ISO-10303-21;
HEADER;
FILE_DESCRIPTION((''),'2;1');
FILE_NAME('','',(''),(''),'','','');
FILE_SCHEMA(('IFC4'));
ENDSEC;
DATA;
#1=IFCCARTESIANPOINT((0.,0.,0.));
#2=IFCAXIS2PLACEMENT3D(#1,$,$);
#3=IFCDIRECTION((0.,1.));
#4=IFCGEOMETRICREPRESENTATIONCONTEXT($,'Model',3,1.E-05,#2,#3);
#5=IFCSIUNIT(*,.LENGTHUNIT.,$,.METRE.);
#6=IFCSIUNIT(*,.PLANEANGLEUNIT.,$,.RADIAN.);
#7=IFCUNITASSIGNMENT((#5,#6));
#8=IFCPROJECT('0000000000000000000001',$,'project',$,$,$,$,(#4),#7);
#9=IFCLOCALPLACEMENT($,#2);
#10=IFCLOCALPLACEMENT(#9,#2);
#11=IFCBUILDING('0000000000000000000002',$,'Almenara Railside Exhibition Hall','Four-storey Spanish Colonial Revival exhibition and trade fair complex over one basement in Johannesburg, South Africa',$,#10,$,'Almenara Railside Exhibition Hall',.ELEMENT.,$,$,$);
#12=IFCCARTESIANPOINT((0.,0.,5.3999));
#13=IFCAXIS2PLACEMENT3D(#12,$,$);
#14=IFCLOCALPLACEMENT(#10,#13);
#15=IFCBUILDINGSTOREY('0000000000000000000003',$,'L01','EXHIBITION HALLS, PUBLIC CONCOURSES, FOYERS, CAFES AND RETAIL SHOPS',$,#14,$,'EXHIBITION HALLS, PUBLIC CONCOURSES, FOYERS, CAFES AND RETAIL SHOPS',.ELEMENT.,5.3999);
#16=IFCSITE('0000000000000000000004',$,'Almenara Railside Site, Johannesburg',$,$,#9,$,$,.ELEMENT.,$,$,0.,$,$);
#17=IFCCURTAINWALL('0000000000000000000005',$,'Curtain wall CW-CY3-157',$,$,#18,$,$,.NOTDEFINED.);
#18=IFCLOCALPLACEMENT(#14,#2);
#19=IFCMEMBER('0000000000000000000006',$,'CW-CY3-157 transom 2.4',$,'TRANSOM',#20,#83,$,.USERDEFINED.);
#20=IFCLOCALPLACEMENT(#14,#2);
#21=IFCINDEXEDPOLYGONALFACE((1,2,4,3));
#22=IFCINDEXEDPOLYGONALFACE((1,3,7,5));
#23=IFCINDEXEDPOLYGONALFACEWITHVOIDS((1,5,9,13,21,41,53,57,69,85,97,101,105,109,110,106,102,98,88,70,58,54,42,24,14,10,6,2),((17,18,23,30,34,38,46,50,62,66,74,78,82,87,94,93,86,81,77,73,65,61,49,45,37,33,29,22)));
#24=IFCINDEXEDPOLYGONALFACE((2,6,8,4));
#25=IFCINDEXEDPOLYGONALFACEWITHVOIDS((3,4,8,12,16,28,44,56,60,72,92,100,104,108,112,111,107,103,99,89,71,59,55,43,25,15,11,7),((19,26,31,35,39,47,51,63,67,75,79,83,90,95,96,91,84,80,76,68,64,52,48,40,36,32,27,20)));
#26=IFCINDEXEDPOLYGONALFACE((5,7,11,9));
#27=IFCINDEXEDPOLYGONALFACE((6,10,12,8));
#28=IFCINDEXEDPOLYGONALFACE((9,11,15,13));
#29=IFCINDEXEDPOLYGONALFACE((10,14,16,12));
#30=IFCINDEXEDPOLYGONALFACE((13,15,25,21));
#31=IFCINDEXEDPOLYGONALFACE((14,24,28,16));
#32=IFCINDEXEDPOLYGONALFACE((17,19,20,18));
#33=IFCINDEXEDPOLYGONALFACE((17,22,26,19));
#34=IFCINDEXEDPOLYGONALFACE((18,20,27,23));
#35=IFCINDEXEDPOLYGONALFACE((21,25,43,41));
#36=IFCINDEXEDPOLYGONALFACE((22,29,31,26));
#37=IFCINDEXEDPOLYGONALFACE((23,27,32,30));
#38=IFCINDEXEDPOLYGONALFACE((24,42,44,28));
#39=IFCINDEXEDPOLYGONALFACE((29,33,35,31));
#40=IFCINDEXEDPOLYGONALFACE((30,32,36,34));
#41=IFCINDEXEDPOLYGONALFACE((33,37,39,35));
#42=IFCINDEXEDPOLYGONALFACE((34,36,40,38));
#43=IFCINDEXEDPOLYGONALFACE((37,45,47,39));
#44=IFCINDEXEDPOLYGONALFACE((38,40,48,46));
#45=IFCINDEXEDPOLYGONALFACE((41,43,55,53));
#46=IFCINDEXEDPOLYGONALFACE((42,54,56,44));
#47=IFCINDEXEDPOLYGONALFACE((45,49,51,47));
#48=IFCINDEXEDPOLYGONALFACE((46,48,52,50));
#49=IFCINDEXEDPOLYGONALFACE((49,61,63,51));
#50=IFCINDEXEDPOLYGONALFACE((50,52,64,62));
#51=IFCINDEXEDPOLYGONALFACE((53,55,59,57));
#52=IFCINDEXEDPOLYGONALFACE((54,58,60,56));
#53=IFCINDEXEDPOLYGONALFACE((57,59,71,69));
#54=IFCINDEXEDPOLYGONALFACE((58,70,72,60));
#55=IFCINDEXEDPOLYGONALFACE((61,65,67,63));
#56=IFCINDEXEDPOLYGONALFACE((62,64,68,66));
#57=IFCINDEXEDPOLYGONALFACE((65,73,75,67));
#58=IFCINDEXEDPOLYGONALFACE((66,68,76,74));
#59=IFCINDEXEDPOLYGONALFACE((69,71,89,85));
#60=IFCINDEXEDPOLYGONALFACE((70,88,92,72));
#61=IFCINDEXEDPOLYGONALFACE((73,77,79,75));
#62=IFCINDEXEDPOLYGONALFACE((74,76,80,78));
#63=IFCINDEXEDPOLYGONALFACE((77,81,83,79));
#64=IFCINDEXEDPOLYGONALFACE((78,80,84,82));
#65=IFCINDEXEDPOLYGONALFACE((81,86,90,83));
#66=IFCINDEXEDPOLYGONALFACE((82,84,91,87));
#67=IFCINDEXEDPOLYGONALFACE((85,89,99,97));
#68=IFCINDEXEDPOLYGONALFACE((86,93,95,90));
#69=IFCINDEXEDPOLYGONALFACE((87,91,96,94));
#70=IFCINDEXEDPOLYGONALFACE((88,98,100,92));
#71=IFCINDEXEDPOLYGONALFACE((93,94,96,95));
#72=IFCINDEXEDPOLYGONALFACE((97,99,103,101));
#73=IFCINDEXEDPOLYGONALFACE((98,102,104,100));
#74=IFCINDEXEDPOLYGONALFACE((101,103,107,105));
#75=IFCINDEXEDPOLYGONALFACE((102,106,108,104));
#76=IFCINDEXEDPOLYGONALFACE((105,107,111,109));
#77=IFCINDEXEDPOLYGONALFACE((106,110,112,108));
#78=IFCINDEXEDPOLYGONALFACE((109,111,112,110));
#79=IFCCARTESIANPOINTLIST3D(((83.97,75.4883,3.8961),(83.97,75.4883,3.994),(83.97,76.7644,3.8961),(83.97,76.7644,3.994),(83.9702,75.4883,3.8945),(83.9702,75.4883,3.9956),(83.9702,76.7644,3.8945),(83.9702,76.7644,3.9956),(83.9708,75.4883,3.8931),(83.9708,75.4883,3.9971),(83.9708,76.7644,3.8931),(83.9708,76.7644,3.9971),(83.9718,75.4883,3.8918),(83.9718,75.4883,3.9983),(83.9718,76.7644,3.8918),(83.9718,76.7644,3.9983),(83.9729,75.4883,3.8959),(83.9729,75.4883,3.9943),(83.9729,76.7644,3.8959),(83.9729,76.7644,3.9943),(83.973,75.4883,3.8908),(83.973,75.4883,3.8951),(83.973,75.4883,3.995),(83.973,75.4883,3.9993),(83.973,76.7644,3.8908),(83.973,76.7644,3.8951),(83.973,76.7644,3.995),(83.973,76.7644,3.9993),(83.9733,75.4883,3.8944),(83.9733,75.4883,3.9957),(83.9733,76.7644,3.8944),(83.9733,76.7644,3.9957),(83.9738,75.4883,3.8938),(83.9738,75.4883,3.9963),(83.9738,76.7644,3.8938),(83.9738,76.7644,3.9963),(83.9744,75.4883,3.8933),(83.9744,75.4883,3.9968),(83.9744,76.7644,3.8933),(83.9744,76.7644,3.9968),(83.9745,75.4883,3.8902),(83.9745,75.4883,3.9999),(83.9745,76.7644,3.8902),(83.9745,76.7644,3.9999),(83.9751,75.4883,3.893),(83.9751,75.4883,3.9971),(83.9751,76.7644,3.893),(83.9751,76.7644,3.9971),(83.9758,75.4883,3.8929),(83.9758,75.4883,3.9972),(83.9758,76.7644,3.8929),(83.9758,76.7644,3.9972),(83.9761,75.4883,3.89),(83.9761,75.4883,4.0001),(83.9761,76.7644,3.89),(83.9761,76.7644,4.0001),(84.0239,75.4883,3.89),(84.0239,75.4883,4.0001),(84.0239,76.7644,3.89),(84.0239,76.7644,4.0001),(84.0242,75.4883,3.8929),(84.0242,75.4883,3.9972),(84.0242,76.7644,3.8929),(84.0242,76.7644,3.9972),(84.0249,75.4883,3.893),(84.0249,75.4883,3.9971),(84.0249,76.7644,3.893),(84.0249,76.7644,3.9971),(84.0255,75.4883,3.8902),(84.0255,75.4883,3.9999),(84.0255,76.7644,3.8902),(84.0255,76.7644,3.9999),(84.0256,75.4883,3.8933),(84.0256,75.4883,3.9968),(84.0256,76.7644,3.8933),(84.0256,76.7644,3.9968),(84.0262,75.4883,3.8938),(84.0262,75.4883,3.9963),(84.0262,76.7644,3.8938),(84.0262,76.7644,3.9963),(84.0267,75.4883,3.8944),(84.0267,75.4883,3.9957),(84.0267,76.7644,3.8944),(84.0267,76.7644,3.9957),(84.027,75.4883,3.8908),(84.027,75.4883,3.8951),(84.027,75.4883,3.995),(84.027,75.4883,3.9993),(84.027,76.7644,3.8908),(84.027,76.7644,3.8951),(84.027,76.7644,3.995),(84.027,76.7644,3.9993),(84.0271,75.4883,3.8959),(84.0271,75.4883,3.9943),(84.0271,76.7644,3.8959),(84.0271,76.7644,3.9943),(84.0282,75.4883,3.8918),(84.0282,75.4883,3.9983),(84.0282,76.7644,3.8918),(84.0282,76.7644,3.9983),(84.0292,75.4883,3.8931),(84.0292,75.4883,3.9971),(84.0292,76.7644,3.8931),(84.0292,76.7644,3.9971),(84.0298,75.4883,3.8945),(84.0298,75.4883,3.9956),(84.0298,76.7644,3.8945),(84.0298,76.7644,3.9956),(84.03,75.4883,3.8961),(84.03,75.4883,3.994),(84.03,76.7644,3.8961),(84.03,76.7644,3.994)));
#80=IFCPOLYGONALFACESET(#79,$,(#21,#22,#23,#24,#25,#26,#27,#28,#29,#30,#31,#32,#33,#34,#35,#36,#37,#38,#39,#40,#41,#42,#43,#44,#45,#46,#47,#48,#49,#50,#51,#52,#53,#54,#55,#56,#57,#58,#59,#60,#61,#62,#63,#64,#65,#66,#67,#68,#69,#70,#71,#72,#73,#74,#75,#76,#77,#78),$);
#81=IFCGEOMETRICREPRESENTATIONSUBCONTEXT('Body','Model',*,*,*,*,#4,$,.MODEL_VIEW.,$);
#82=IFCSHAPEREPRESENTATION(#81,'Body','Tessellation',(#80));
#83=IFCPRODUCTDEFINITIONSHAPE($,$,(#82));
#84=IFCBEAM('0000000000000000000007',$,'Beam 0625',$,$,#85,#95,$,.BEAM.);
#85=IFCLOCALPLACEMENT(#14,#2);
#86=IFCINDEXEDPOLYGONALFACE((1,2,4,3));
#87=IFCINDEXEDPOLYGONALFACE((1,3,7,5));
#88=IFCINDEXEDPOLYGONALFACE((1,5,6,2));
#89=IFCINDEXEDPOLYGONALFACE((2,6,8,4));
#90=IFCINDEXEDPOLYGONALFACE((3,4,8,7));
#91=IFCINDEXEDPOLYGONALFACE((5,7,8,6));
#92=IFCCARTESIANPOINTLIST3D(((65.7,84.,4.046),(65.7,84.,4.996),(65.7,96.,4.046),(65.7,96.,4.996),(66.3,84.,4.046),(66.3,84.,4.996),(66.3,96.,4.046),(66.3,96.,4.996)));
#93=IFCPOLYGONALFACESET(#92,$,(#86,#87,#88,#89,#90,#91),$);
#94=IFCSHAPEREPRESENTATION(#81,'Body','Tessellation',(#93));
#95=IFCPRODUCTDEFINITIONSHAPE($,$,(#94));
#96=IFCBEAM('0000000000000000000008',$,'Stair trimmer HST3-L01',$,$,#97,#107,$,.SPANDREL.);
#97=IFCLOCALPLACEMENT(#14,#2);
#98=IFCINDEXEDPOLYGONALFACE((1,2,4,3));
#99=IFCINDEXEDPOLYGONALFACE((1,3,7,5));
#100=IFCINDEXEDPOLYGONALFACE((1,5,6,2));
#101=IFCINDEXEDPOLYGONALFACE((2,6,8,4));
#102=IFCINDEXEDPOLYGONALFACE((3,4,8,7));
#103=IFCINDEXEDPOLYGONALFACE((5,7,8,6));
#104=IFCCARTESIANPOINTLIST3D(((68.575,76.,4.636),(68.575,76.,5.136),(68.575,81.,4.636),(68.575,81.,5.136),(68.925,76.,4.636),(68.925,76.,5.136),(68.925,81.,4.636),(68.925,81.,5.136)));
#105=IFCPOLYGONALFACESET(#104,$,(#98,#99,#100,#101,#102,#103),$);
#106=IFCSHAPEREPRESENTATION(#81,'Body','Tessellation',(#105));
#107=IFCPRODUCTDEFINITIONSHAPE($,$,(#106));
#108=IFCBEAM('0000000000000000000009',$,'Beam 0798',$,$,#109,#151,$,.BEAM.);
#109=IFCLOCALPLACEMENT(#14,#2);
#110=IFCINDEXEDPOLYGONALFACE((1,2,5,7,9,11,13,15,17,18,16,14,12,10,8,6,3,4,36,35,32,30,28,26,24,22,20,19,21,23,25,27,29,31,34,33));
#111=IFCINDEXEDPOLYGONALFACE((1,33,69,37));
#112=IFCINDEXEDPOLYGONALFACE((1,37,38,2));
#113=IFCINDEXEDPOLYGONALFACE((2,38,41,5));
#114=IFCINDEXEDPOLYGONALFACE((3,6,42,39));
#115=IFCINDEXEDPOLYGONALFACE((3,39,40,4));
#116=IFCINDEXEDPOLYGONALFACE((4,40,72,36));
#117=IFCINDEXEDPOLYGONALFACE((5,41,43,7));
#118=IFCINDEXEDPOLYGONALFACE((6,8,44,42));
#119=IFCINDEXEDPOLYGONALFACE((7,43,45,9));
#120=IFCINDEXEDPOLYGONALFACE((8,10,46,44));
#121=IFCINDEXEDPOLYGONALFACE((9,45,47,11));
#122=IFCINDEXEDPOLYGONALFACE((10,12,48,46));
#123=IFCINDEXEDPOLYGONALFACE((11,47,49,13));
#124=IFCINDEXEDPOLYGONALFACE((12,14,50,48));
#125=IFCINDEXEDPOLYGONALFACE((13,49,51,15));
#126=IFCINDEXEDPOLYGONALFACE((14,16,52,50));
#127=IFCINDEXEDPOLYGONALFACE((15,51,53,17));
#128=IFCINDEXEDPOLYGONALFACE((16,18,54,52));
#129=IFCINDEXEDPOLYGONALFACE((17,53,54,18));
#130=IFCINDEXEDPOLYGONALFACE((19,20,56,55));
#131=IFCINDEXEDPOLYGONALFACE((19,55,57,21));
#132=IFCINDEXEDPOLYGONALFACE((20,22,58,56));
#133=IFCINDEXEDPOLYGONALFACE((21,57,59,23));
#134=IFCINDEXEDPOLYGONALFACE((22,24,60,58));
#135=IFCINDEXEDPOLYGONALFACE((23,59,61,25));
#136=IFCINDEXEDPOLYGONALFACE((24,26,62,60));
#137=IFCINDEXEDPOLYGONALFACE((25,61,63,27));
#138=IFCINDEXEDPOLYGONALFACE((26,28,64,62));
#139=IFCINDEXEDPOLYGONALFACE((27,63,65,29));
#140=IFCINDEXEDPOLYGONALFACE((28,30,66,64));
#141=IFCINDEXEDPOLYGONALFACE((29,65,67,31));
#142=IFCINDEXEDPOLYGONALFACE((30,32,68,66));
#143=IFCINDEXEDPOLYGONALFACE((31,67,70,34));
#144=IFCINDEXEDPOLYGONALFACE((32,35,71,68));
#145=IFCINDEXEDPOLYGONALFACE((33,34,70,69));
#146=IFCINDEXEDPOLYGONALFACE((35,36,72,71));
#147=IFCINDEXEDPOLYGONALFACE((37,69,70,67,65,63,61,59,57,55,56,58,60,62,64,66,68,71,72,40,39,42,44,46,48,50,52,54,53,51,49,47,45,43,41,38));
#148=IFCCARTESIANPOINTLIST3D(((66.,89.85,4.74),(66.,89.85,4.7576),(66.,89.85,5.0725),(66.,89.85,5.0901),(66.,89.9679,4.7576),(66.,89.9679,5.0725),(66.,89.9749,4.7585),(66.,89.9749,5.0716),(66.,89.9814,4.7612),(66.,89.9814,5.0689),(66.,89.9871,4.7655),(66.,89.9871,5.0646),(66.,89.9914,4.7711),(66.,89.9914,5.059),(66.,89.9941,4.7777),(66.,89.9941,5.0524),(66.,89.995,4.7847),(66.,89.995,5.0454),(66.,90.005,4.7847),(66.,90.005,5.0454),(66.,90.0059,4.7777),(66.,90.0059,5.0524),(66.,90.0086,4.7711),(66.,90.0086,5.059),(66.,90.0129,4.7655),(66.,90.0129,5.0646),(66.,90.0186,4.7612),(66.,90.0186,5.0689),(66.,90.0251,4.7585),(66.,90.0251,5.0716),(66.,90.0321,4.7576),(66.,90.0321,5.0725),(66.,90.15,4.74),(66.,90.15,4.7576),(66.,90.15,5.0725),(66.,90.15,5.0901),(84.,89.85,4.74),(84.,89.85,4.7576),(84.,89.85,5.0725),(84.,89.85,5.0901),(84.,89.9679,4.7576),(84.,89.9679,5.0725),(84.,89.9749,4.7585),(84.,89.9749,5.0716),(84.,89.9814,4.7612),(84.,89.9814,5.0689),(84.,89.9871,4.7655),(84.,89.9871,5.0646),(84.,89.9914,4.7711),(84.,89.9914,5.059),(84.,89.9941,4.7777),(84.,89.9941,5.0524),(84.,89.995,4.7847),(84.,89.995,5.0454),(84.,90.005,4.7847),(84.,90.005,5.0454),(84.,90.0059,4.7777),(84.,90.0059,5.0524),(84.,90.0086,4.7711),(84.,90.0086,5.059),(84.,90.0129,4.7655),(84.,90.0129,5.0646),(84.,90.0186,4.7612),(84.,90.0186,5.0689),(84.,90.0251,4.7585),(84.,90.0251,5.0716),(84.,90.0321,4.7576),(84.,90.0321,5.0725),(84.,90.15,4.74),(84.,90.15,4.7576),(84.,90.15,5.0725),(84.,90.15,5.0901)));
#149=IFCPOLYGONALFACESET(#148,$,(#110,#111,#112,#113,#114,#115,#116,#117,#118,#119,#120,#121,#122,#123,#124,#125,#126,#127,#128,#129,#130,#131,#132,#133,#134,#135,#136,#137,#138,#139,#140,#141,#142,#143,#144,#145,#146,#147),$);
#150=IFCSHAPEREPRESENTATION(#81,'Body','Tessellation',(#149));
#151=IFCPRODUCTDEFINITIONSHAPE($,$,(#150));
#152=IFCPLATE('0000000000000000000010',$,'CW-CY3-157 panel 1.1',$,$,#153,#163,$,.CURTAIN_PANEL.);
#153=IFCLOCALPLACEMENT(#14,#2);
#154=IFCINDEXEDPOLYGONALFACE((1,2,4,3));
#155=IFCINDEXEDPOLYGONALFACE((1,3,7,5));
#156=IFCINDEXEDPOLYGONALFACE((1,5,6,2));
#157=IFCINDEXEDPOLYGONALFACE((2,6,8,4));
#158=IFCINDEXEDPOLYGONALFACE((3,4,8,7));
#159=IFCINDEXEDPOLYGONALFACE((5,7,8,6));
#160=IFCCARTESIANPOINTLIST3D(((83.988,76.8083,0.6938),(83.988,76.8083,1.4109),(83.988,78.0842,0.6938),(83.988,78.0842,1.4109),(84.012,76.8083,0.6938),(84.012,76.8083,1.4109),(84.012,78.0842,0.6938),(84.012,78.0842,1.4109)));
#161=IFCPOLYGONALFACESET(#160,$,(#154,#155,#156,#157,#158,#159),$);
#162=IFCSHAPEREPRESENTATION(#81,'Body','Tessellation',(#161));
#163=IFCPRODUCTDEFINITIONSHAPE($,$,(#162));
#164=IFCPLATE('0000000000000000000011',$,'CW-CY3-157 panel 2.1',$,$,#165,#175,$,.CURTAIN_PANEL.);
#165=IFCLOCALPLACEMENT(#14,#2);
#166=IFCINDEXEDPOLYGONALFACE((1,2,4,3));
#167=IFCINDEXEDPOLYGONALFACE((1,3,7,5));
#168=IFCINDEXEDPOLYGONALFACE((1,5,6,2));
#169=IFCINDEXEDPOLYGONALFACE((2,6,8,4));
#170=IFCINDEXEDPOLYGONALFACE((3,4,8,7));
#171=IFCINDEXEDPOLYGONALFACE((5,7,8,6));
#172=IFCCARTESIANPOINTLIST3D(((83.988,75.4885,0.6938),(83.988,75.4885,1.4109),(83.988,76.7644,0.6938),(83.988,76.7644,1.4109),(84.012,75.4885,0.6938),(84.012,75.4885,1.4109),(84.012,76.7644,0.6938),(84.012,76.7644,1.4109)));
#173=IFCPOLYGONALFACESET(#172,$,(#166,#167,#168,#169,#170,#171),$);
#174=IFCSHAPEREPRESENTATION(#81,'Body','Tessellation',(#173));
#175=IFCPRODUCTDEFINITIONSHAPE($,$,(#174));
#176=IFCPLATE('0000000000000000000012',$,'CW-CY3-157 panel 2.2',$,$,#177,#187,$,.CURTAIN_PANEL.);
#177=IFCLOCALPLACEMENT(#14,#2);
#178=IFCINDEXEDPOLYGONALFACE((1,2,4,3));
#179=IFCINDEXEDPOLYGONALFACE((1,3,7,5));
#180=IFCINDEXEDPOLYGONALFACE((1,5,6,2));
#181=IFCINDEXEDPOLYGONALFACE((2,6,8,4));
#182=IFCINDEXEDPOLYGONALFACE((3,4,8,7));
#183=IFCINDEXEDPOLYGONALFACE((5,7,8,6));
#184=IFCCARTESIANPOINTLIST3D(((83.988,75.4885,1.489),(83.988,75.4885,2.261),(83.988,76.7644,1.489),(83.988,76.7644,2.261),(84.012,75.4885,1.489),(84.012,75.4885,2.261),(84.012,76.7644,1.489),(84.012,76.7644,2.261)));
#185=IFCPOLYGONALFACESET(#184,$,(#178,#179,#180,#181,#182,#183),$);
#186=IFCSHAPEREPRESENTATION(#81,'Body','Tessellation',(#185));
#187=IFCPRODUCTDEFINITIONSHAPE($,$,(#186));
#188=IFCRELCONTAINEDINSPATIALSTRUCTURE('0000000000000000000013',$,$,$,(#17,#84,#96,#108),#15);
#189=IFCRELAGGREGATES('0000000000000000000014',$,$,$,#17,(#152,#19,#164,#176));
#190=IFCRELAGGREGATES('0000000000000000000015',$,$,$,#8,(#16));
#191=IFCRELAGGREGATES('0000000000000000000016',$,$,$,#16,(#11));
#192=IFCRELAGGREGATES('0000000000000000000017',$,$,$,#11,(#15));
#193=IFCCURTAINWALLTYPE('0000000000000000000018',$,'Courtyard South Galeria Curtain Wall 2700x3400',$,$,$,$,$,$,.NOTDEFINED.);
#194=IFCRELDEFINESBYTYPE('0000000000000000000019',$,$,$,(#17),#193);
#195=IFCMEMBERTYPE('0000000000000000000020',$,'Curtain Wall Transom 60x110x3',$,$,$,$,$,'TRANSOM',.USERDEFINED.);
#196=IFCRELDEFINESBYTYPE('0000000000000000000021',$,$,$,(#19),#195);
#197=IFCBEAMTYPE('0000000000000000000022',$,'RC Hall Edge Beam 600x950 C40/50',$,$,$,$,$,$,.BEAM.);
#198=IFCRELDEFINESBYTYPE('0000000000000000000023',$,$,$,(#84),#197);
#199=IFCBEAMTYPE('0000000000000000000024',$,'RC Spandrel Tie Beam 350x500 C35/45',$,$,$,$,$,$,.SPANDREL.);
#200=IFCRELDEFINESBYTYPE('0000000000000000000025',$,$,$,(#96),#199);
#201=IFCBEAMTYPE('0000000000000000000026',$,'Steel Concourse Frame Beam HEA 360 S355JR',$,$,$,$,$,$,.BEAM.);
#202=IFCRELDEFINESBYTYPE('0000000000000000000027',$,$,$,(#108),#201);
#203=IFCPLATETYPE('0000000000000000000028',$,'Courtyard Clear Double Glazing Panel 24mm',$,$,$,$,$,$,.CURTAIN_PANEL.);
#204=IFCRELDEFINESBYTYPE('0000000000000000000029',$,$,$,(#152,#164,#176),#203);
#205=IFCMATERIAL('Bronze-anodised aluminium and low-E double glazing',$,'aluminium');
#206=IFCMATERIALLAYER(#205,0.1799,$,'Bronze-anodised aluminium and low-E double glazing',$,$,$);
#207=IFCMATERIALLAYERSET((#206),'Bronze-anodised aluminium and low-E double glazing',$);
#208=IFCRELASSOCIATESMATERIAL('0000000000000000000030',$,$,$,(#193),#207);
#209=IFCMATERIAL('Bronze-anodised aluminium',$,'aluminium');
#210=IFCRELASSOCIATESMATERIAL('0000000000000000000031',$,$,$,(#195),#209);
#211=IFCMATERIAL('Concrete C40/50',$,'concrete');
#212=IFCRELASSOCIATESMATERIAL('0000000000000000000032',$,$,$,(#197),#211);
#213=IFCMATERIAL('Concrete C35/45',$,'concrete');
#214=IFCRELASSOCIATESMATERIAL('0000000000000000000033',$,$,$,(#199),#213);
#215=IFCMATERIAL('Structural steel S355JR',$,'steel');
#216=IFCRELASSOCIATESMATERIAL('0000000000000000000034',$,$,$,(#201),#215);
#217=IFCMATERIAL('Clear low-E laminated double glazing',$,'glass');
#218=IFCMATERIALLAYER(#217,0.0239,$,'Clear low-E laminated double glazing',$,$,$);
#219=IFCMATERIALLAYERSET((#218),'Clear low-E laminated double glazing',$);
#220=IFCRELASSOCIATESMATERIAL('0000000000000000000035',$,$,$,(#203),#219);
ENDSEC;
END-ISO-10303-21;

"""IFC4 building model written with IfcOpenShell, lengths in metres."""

from ifc_helpers import new_model, si_unit, direction, frame, origin, origin_2d, place, context, subcontext, project, spatial, rectangle, hollow_rectangle, i_section, extrude, material, layer, layer_set, material_profile, profile_set, type_object, element, aggregate, save


model = new_model("IFC4")

# Units and contexts
model_context = context("Model", 3, precision=1e-05, world=origin(), true_north=direction((0.0, 1.0)))
body_context = subcontext(model_context, "Body", "Model", "MODEL_VIEW")
ifc_project = project(units=[si_unit("LENGTHUNIT", "METRE"), si_unit("PLANEANGLEUNIT", "RADIAN")], contexts=[model_context])

# Site, building, storey
site_placement = place(None, origin())
site = spatial("IfcSite", under=ifc_project, at=site_placement, Name="Almenara Railside Site, Johannesburg", CompositionType="ELEMENT", RefElevation=0.0)
building_placement = place(site_placement, origin())
building = spatial("IfcBuilding", under=site, at=building_placement, Name="Almenara Railside Exhibition Hall", Description="Four-storey Spanish Colonial Revival exhibition and trade fair complex over one basement in Johannesburg, South Africa", LongName="Almenara Railside Exhibition Hall", CompositionType="ELEMENT")
storey_placement = place(building_placement, frame((0.0, 0.0, 5.3999)))
storey = spatial("IfcBuildingStorey", under=building, at=storey_placement, Name="L01", Description="EXHIBITION HALLS, PUBLIC CONCOURSES, FOYERS, CAFES AND RETAIL SHOPS", LongName="EXHIBITION HALLS, PUBLIC CONCOURSES, FOYERS, CAFES AND RETAIL SHOPS", CompositionType="ELEMENT", Elevation=5.3999)

# Shared definitions
ifc_material_1 = material(Name="Concrete C35/45", Category="concrete")
ifc_material_2 = material(Name="Concrete C40/50", Category="concrete")

# Curtain wall, member
ifc_material_3 = material(Name="Bronze-anodised aluminium and low-E double glazing", Category="aluminium")
ifc_layer_1 = layer(ifc_material_3, 0.1799, Name="Bronze-anodised aluminium and low-E double glazing")
ifc_layer_set_1 = layer_set([ifc_layer_1], Name="Bronze-anodised aluminium and low-E double glazing")
curtain_wall_type = type_object("IfcCurtainWallType", Name="Courtyard South Galeria Curtain Wall 2700x3400", PredefinedType="NOTDEFINED", material=ifc_layer_set_1)
curtain_wall_placement = place(storey_placement, origin())
curtain_wall = element("IfcCurtainWall", 1, at=curtain_wall_placement, inside=storey, type_object=curtain_wall_type, Name="Curtain wall CW-CY3-157", PredefinedType="NOTDEFINED")
ifc_material_4 = material(Name="Bronze-anodised aluminium", Category="aluminium")
ifc_material_profile_1 = material_profile(ifc_material_4, hollow_rectangle(XDim=0.0601, YDim=0.1101, WallThickness=0.0029, InnerFilletRadius=0.0029, OuterFilletRadius=0.0061, at=origin_2d()), Name="ALU-TRN 60x110x3")
ifc_profile_set_1 = profile_set([ifc_material_profile_1], Name="Bronze-anodised aluminium")
member_type_1 = type_object("IfcMemberType", Name="Curtain Wall Transom 60x110x3", ElementType="TRANSOM", PredefinedType="USERDEFINED", material=ifc_profile_set_1)
member_1_placement = place(storey_placement, frame((84.0, 76.7644, 3.9451), z_axis=(0.0, -1.0, 0.0), x_axis=(1.0, 0.0, 0.0)))
member_1 = element("IfcMember", 2, at=member_1_placement, type_object=member_type_1, Name="CW-CY3-157 transom 2.4", ObjectType="TRANSOM", PredefinedType="USERDEFINED", context=body_context, shape_type="SweptSolid", body=[
    extrude(hollow_rectangle(XDim=0.0601, YDim=0.1101, WallThickness=0.0029, InnerFilletRadius=0.0029, OuterFilletRadius=0.0061, at=origin_2d()), origin(), (0.0, 0.0, 1.0), 1.2761),
])

# Beams
ifc_material_profile_2 = material_profile(ifc_material_2, rectangle(XDim=0.6001, YDim=0.95, at=origin_2d()), Name="RC 600x950")
ifc_profile_set_2 = profile_set([ifc_material_profile_2], Name="Concrete C40/50")
beam_type_1 = type_object("IfcBeamType", Name="RC Hall Edge Beam 600x950 C40/50", PredefinedType="BEAM", material=ifc_profile_set_2)
beam_1_placement = place(storey_placement, frame((66.0, 84.0, 4.521), z_axis=(0.0, 1.0, 0.0), x_axis=(-1.0, 0.0, 0.0)))
element("IfcBeam", 3, at=beam_1_placement, inside=storey, type_object=beam_type_1, Name="Beam 0625", PredefinedType="BEAM", context=body_context, shape_type="SweptSolid", body=[
    extrude(rectangle(XDim=0.6001, YDim=0.95, at=origin_2d()), origin(), (0.0, 0.0, 1.0), 12.0),
])
ifc_material_profile_3 = material_profile(ifc_material_1, rectangle(XDim=0.3501, YDim=0.5, at=origin_2d()), Name="RC 350x500")
ifc_profile_set_3 = profile_set([ifc_material_profile_3], Name="Concrete C35/45")
beam_type_2 = type_object("IfcBeamType", Name="RC Spandrel Tie Beam 350x500 C35/45", PredefinedType="SPANDREL", material=ifc_profile_set_3)
beam_2_placement = place(storey_placement, frame((68.75, 76.0, 4.886), z_axis=(0.0, 1.0, 0.0), x_axis=(-1.0, 0.0, 0.0)))
element("IfcBeam", 4, at=beam_2_placement, inside=storey, type_object=beam_type_2, Name="Stair trimmer HST3-L01", PredefinedType="SPANDREL", context=body_context, shape_type="SweptSolid", body=[
    extrude(rectangle(XDim=0.3501, YDim=0.5, at=origin_2d()), origin(), (0.0, 0.0, 1.0), 5.0),
])
ifc_material_5 = material(Name="Structural steel S355JR", Category="steel")
ifc_material_profile_4 = material_profile(ifc_material_5, i_section(OverallWidth=0.3, OverallDepth=0.3501, WebThickness=0.01, FlangeThickness=0.0176, FilletRadius=0.0271, at=origin_2d()), Name="HEA 360")
ifc_profile_set_4 = profile_set([ifc_material_profile_4], Name="Structural steel S355JR")
beam_type_3 = type_object("IfcBeamType", Name="Steel Concourse Frame Beam HEA 360 S355JR", PredefinedType="BEAM", material=ifc_profile_set_4)
beam_3_placement = place(storey_placement, frame((66.0, 90.0, 4.915), z_axis=(1.0, 0.0, 0.0), x_axis=(0.0, 1.0, 0.0)))
element("IfcBeam", 5, at=beam_3_placement, inside=storey, type_object=beam_type_3, Name="Beam 0798", PredefinedType="BEAM", context=body_context, shape_type="SweptSolid", body=[
    extrude(i_section(OverallWidth=0.3, OverallDepth=0.3501, WebThickness=0.01, FlangeThickness=0.0176, FilletRadius=0.0271, at=origin_2d()), origin(), (0.0, 0.0, 1.0), 18.0),
])

# Plates
ifc_material_6 = material(Name="Clear low-E laminated double glazing", Category="glass")
ifc_layer_2 = layer(ifc_material_6, 0.0239, Name="Clear low-E laminated double glazing")
ifc_layer_set_2 = layer_set([ifc_layer_2], Name="Clear low-E laminated double glazing")
plate_type = type_object("IfcPlateType", Name="Courtyard Clear Double Glazing Panel 24mm", PredefinedType="CURTAIN_PANEL", material=ifc_layer_set_2)
plate_1_placement = place(storey_placement, frame((84.0, 77.4463, 0.6938), z_axis=(0.0, 0.0, 1.0), x_axis=(0.0, -1.0, 0.0)))
plate_1 = element("IfcPlate", 6, at=plate_1_placement, type_object=plate_type, Name="CW-CY3-157 panel 1.1", PredefinedType="CURTAIN_PANEL", context=body_context, shape_type="SweptSolid", body=[
    extrude(rectangle(XDim=1.2759, YDim=0.0239, at=origin_2d()), origin(), (0.0, 0.0, 1.0), 0.717),
])
plate_2_placement = place(storey_placement, frame((84.0, 76.1265, 0.6938), z_axis=(0.0, 0.0, 1.0), x_axis=(0.0, -1.0, 0.0)))
plate_2 = element("IfcPlate", 7, at=plate_2_placement, type_object=plate_type, Name="CW-CY3-157 panel 2.1", PredefinedType="CURTAIN_PANEL", context=body_context, shape_type="SweptSolid", body=[
    extrude(rectangle(XDim=1.2759, YDim=0.0239, at=origin_2d()), origin(), (0.0, 0.0, 1.0), 0.717),
])
plate_3_placement = place(storey_placement, frame((84.0, 76.1265, 1.489), z_axis=(0.0, 0.0, 1.0), x_axis=(0.0, -1.0, 0.0)))
plate_3 = element("IfcPlate", 8, at=plate_3_placement, type_object=plate_type, Name="CW-CY3-157 panel 2.2", PredefinedType="CURTAIN_PANEL", context=body_context, shape_type="SweptSolid", body=[
    extrude(rectangle(XDim=1.2759, YDim=0.0239, at=origin_2d()), origin(), (0.0, 0.0, 1.0), 0.772),
])
aggregate(curtain_wall, [plate_1, member_1, plate_2, plate_3])

save(model, "model.ifc")
